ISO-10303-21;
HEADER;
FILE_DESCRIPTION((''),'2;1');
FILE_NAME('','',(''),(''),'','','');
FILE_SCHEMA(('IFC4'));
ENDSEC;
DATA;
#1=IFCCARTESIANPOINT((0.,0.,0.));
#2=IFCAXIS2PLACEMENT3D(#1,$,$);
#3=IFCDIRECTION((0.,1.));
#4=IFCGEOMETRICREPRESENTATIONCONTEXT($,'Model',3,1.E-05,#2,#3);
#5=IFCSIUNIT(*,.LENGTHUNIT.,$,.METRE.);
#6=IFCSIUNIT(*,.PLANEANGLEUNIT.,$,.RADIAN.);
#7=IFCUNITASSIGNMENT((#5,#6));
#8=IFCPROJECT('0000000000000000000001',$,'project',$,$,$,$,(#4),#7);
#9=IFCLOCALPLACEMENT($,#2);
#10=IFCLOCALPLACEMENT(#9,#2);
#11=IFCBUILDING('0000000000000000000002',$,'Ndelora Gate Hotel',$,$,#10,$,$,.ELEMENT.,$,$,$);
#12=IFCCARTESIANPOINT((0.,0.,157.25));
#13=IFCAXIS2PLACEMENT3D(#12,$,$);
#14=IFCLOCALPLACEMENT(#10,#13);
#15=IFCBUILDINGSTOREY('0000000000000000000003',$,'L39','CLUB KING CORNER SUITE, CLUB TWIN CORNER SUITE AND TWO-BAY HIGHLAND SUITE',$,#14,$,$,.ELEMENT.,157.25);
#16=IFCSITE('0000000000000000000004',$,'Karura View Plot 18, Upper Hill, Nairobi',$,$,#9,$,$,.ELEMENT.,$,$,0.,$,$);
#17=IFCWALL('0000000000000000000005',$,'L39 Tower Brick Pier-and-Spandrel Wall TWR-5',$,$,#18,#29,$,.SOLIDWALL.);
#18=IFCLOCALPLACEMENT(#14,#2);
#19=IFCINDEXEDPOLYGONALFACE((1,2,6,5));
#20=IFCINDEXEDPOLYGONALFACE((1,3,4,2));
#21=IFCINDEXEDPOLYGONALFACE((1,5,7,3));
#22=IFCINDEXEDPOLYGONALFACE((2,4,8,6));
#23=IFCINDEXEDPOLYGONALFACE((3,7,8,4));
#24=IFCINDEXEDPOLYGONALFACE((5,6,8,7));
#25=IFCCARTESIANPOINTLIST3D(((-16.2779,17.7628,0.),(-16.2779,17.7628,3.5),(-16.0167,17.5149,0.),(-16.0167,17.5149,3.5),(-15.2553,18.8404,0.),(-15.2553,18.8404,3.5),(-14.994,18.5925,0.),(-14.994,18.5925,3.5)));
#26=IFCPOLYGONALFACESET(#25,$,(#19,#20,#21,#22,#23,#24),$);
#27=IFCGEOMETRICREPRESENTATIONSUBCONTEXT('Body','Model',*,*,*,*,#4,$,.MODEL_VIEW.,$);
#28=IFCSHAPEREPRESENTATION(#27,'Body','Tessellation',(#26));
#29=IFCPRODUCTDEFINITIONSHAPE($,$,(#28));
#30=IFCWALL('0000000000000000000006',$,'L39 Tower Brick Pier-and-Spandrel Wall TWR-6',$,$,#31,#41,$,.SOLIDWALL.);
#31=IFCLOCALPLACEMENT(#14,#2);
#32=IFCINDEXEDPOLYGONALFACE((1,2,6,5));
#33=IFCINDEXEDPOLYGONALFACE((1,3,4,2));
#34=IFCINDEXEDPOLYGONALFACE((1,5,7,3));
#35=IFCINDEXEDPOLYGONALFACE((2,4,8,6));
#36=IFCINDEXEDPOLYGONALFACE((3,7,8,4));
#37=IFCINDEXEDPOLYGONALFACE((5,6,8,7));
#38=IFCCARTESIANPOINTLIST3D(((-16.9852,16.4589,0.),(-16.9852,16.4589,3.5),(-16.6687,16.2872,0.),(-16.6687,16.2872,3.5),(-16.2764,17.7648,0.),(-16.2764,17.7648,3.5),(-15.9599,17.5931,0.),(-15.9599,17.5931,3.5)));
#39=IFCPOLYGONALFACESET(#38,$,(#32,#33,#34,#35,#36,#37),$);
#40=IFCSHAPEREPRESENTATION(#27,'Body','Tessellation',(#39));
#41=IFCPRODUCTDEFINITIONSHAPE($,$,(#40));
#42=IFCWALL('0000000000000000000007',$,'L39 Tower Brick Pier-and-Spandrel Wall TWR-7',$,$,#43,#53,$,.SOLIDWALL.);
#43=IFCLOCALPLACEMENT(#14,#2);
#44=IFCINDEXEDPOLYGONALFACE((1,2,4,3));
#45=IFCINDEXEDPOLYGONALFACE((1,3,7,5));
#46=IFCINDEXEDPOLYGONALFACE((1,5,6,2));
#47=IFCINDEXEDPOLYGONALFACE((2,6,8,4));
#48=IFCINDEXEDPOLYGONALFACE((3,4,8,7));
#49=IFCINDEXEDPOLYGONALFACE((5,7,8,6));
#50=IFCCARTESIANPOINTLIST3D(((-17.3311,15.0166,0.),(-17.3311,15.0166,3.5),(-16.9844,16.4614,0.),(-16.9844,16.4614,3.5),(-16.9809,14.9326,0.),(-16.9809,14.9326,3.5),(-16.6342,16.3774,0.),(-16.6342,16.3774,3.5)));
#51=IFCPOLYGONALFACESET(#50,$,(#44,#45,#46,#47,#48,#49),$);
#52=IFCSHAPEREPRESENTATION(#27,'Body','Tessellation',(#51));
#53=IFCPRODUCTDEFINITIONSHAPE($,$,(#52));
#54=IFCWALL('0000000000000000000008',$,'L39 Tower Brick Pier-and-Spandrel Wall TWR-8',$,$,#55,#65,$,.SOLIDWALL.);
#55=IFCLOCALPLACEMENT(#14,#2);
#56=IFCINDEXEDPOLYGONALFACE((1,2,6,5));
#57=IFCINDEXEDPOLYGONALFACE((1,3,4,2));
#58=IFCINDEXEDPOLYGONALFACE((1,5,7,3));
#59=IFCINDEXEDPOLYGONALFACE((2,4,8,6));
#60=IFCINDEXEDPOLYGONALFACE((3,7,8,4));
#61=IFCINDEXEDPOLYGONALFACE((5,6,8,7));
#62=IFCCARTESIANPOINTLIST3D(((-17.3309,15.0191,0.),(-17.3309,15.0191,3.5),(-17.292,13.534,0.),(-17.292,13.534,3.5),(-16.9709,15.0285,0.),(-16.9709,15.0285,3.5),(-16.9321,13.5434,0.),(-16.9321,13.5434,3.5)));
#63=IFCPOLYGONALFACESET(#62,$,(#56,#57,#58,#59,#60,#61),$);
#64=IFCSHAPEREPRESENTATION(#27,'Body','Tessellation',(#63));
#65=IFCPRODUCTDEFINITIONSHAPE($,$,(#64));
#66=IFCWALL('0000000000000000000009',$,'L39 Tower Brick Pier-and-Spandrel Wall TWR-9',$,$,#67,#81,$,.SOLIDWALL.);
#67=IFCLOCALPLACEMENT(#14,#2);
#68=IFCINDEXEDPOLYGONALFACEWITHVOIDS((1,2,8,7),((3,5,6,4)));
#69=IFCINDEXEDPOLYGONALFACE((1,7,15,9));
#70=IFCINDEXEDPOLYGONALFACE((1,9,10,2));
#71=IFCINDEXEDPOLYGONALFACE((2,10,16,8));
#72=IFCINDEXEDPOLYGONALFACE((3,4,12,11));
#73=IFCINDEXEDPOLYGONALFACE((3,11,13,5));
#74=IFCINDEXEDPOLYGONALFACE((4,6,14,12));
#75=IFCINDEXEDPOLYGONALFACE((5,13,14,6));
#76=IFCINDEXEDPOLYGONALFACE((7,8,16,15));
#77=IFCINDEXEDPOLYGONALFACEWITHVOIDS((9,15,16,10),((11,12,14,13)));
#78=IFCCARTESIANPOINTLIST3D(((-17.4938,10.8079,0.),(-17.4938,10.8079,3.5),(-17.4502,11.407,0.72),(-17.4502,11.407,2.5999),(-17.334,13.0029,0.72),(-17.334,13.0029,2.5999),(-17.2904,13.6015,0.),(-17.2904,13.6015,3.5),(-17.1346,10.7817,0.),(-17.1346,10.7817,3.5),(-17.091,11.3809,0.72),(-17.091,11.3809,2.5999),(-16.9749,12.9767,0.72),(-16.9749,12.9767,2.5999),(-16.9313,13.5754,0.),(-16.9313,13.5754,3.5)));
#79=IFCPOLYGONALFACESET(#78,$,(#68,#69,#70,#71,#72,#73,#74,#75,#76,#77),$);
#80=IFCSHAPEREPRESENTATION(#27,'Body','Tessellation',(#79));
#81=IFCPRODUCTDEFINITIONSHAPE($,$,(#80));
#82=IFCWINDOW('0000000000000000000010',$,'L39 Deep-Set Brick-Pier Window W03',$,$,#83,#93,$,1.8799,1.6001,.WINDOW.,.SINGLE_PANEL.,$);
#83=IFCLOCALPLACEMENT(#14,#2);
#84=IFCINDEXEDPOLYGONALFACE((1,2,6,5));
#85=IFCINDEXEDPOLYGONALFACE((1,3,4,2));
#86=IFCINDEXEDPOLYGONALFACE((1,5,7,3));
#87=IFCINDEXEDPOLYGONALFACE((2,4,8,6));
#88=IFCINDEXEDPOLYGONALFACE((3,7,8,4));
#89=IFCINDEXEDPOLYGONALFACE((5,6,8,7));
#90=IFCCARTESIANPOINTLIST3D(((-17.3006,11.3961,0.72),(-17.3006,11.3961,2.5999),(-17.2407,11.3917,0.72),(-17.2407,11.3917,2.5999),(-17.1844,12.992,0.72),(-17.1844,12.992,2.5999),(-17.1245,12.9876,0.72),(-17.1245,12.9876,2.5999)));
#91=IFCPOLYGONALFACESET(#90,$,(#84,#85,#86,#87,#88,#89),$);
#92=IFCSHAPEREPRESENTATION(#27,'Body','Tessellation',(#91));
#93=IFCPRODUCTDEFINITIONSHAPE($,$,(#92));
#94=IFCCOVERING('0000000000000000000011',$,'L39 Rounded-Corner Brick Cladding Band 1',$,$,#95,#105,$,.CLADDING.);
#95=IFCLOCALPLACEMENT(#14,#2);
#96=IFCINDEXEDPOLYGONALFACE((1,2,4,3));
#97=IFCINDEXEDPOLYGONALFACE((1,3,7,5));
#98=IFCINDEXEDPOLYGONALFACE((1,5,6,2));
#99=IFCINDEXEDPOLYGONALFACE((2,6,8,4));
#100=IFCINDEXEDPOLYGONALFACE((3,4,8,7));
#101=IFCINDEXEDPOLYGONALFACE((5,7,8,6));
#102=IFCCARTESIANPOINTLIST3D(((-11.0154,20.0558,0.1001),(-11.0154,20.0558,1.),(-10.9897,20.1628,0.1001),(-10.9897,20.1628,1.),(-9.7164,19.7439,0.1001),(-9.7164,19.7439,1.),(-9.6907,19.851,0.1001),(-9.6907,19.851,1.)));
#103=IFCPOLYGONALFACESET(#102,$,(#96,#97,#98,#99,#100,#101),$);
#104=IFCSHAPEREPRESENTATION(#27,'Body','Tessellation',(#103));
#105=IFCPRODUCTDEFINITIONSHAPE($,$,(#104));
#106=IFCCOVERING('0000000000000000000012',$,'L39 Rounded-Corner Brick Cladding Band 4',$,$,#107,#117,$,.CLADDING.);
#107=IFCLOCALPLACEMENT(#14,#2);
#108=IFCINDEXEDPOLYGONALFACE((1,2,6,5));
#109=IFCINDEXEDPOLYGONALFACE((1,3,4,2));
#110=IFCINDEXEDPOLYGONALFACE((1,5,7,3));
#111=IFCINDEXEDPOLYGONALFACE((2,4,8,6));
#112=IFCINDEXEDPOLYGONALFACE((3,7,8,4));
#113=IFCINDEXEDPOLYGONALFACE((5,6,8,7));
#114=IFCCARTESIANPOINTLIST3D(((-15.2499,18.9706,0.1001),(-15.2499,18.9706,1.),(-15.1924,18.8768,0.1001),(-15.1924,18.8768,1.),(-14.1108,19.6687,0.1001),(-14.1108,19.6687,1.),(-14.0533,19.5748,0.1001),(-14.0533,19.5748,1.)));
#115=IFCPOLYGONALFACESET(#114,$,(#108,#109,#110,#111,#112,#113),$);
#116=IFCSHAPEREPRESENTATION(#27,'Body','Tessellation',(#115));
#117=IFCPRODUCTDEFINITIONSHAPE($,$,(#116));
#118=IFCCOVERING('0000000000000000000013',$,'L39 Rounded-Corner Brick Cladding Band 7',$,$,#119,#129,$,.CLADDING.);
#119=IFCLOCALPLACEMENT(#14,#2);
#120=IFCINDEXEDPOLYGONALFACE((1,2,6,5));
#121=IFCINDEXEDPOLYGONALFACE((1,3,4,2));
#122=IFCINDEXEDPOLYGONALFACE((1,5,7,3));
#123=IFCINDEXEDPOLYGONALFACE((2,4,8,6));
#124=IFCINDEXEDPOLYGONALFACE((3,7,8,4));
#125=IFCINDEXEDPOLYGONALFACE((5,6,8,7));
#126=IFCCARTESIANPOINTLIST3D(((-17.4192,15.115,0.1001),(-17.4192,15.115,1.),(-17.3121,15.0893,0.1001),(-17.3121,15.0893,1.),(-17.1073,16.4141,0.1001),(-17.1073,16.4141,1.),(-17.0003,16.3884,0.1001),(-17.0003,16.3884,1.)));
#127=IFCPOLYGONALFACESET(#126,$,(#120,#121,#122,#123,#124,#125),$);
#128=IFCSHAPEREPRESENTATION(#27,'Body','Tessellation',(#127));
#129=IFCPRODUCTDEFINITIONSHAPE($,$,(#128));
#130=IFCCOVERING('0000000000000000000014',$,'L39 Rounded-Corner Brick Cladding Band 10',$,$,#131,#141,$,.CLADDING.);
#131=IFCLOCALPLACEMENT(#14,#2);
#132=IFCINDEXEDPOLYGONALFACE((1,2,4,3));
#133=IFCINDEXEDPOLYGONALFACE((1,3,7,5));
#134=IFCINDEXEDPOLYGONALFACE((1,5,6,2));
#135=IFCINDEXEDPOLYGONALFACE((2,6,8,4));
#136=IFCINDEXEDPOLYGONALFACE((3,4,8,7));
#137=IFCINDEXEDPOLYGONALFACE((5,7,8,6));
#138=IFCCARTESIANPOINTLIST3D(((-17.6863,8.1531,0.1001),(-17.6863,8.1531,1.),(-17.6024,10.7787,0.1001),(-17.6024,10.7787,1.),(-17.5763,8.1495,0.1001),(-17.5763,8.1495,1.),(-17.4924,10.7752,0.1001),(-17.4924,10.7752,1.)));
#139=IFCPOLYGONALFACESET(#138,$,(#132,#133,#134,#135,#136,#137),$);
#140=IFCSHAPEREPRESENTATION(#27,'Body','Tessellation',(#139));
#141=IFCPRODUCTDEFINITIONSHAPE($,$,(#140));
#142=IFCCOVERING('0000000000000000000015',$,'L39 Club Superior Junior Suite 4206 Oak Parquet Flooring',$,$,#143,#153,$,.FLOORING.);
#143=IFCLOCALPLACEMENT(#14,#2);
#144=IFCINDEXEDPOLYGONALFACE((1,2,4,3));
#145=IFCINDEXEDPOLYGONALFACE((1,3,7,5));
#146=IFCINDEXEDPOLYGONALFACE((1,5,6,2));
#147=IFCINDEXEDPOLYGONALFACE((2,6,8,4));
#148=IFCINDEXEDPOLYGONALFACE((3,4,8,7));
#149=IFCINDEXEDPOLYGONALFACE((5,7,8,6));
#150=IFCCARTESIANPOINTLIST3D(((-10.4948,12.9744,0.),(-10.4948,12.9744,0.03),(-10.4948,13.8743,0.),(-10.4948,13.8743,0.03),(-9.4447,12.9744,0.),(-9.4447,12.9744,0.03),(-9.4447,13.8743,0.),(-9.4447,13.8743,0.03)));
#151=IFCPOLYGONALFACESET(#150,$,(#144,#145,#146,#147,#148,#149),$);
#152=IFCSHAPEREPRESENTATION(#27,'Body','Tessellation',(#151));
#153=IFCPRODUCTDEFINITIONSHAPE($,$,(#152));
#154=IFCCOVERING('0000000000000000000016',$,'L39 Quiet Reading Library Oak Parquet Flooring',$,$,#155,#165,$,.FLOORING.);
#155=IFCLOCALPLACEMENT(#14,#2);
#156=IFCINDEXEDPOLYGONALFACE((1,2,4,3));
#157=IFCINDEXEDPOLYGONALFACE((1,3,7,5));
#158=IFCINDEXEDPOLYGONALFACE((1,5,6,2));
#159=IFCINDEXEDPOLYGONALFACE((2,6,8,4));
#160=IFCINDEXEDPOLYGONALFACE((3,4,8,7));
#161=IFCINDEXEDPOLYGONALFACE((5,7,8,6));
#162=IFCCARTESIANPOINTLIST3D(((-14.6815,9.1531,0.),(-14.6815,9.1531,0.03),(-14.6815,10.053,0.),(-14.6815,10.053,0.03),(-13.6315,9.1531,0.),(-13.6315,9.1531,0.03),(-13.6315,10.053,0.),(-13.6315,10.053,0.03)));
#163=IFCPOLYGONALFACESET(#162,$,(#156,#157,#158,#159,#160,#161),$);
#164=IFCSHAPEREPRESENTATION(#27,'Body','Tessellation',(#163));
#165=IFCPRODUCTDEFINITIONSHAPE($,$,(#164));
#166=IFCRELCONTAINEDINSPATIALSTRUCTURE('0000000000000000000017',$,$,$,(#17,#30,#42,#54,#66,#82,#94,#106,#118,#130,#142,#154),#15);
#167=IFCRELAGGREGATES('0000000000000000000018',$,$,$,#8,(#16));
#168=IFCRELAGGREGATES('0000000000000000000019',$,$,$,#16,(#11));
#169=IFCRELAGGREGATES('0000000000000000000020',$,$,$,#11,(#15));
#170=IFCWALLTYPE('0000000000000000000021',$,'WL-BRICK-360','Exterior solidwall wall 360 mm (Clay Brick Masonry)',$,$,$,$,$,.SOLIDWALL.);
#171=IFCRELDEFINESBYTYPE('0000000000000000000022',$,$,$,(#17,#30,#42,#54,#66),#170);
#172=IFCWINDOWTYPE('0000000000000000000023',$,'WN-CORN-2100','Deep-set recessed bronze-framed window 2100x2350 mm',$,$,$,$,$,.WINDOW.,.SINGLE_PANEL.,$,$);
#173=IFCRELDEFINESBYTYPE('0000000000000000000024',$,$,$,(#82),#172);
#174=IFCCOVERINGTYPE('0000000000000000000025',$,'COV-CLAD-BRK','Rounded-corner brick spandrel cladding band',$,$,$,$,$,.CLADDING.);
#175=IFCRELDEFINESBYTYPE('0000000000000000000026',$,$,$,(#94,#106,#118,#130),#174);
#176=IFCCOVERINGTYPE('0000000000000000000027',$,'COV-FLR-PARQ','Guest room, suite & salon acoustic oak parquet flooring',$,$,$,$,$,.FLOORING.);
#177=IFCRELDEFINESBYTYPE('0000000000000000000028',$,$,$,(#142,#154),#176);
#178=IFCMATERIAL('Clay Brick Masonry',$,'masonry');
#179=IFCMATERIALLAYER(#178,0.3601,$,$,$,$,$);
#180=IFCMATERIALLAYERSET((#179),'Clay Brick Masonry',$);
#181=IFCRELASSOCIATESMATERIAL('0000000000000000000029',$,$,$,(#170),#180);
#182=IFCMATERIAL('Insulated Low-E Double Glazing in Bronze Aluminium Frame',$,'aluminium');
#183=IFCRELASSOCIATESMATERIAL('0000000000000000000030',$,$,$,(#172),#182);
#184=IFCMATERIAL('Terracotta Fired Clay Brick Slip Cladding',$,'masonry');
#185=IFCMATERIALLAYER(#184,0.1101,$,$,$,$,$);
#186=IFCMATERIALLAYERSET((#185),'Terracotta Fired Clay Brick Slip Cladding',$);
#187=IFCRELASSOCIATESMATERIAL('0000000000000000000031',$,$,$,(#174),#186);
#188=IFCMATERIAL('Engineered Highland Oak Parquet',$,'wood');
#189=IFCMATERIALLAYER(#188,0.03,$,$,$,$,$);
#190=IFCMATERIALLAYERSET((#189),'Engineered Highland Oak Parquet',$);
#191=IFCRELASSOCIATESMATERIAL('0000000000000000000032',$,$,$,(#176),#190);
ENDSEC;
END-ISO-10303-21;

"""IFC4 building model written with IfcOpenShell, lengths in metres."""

from ifc_helpers import new_model, si_unit, direction, frame, frame_2d, origin, origin_2d, place, context, subcontext, project, spatial, rectangle, extrude, material, layer, layer_set, type_object, element, fill, save


model = new_model("IFC4")

# Units and contexts
model_context = context("Model", 3, precision=1e-05, world=origin(), true_north=direction((0.0, 1.0)))
body_context = subcontext(model_context, "Body", "Model", "MODEL_VIEW")
ifc_project = project(units=[si_unit("LENGTHUNIT", "METRE"), si_unit("PLANEANGLEUNIT", "RADIAN")], contexts=[model_context])

# Site, building, storey
site_placement = place(None, origin())
site = spatial("IfcSite", under=ifc_project, at=site_placement, Name="Karura View Plot 18, Upper Hill, Nairobi", CompositionType="ELEMENT", RefElevation=0.0)
building_placement = place(site_placement, origin())
building = spatial("IfcBuilding", under=site, at=building_placement, Name="Ndelora Gate Hotel", CompositionType="ELEMENT")
storey_placement = place(building_placement, frame((0.0, 0.0, 157.25)))
storey = spatial("IfcBuildingStorey", under=building, at=storey_placement, Name="L39", Description="CLUB KING CORNER SUITE, CLUB TWIN CORNER SUITE AND TWO-BAY HIGHLAND SUITE", CompositionType="ELEMENT", Elevation=157.25)

# Walls
ifc_material_1 = material(Name="Clay Brick Masonry", Category="masonry")
ifc_layer_1 = layer(ifc_material_1, 0.3601)
ifc_layer_set_1 = layer_set([ifc_layer_1], Name="Clay Brick Masonry")
wall_type = type_object("IfcWallType", Name="WL-BRICK-360", Description="Exterior solidwall wall 360 mm (Clay Brick Masonry)", PredefinedType="SOLIDWALL", material=ifc_layer_set_1)
wall_1_placement = place(storey_placement, frame((-16.1472, 17.6389, 0.0), z_axis=(0.0, 0.0, 1.0), x_axis=(0.688378, 0.725352, 0.0)))
element("IfcWall", 1, at=wall_1_placement, inside=storey, type_object=wall_type, Name="L39 Tower Brick Pier-and-Spandrel Wall TWR-5", PredefinedType="SOLIDWALL", context=body_context, shape_type="SweptSolid", body=[
    extrude(rectangle(XDim=1.4856, YDim=0.3601, at=frame_2d((0.7427, 0.0))), origin(), (0.0, 0.0, 1.0), 3.5),
])
for number, where, z_axis, x_axis, name in (
    (2, (-16.8269, 16.373, 0.0), (0.0, 0.0, 1.0), (0.476998, 0.878905, 0.0), "L39 Tower Brick Pier-and-Spandrel Wall TWR-6"),
    (3, (-17.156, 14.9746, 0.0), (0.0, 0.0, 1.0), (0.233323, 0.972399, 0.0), "L39 Tower Brick Pier-and-Spandrel Wall TWR-7"),
):
    element("IfcWall", number, at=place(storey_placement, frame(where, z_axis=z_axis, x_axis=x_axis)), inside=storey, type_object=wall_type, Name=name, PredefinedType="SOLIDWALL", context=body_context, shape_type="SweptSolid", body=[
        extrude(rectangle(XDim=1.4858, YDim=0.3601, at=frame_2d((0.7429, 0.0))), origin(), (0.0, 0.0, 1.0), 3.5),
    ])
wall_2_placement = place(storey_placement, frame((-17.1121, 13.5388, 0.0), z_axis=(0.0, 0.0, 1.0), x_axis=(-0.026129, 0.999659, 0.0)))
element("IfcWall", 4, at=wall_2_placement, inside=storey, type_object=wall_type, Name="L39 Tower Brick Pier-and-Spandrel Wall TWR-8", PredefinedType="SOLIDWALL", context=body_context, shape_type="SweptSolid", body=[
    extrude(rectangle(XDim=1.4856, YDim=0.3601, at=frame_2d((0.7427, 0.0))), origin(), (0.0, 0.0, 1.0), 3.5),
])

# Wall, opening, window
wall_3_placement = place(storey_placement, frame((-17.3142, 10.7949, 0.0), z_axis=(0.0, 0.0, 1.0), x_axis=(0.072603, 0.997361, 0.0)))
wall_3 = element("IfcWall", 5, at=wall_3_placement, inside=storey, type_object=wall_type, Name="L39 Tower Brick Pier-and-Spandrel Wall TWR-9", PredefinedType="SOLIDWALL", context=body_context, shape_type="SweptSolid", body=[
    extrude(rectangle(XDim=2.801, YDim=0.3601, at=frame_2d((1.4004, 0.0))), origin(), (0.0, 0.0, 1.0), 3.5),
])
opening_placement = place(wall_3_placement, frame((0.6006, 0.0, 0.72)))
opening = element("IfcOpeningElement", 6, at=opening_placement, cuts=wall_3, PredefinedType="OPENING", context=body_context, shape_type="SweptSolid", body=[
    extrude(rectangle(XDim=1.6001, YDim=1.8799, at=frame_2d((0.8, 0.9399))), frame((0.0, 0.1899, 0.0), z_axis=(0.0, -1.0, 0.0), x_axis=(1.0, 0.0, 0.0)), (0.0, 0.0, 1.0), 0.3801),
])
ifc_material_2 = material(Name="Insulated Low-E Double Glazing in Bronze Aluminium Frame", Category="aluminium")
window_type = type_object("IfcWindowType", Name="WN-CORN-2100", Description="Deep-set recessed bronze-framed window 2100x2350 mm", PartitioningType="SINGLE_PANEL", PredefinedType="WINDOW", material=ifc_material_2)
window_placement = place(opening_placement, origin())
window = element("IfcWindow", 7, at=window_placement, inside=storey, type_object=window_type, Name="L39 Deep-Set Brick-Pier Window W03", OverallHeight=1.8799, OverallWidth=1.6001, PartitioningType="SINGLE_PANEL", PredefinedType="WINDOW", context=body_context, shape_type="SweptSolid", body=[
    extrude(rectangle(XDim=1.6001, YDim=1.8799, at=frame_2d((0.8, 0.9399))), frame((0.0, 0.03, 0.0), z_axis=(0.0, -1.0, 0.0), x_axis=(1.0, 0.0, 0.0)), (0.0, 0.0, 1.0), 0.0601),
])
fill(opening, window)

# Coverings
ifc_material_3 = material(Name="Terracotta Fired Clay Brick Slip Cladding", Category="masonry")
ifc_layer_2 = layer(ifc_material_3, 0.1101)
ifc_layer_set_2 = layer_set([ifc_layer_2], Name="Terracotta Fired Clay Brick Slip Cladding")
covering_type_1 = type_object("IfcCoveringType", Name="COV-CLAD-BRK", Description="Rounded-corner brick spandrel cladding band", PredefinedType="CLADDING", material=ifc_layer_set_2)
for number, where, z_axis, x_axis, name in (
    (8, (-10.353, 19.9534, 0.1001), (0.0, 0.0, 1.0), (-0.97237, 0.233445, 0.0), "L39 Rounded-Corner Brick Cladding Band 1"),
    (9, (-14.6516, 19.2727, 0.1001), (0.0, 0.0, 1.0), (0.85264, 0.522499, 0.0), "L39 Rounded-Corner Brick Cladding Band 4"),
    (10, (-17.2097, 15.7517, 0.1001), (0.0, 0.0, 1.0), (0.233445, 0.97237, 0.0), "L39 Rounded-Corner Brick Cladding Band 7"),
):
    element("IfcCovering", number, at=place(storey_placement, frame(where, z_axis=z_axis, x_axis=x_axis)), inside=storey, type_object=covering_type_1, Name=name, PredefinedType="CLADDING", context=body_context, shape_type="SweptSolid", body=[
        extrude(rectangle(XDim=1.3359, YDim=0.1101, at=origin_2d()), origin(), (0.0, 0.0, 1.0), 0.8999),
    ])
covering_placement = place(storey_placement, frame((-17.5894, 9.4641, 0.1001), z_axis=(0.0, 0.0, 1.0), x_axis=(0.031934, 0.99949, 0.0)))
element("IfcCovering", 11, at=covering_placement, inside=storey, type_object=covering_type_1, Name="L39 Rounded-Corner Brick Cladding Band 10", PredefinedType="CLADDING", context=body_context, shape_type="SweptSolid", body=[
    extrude(rectangle(XDim=2.627, YDim=0.1101, at=origin_2d()), origin(), (0.0, 0.0, 1.0), 0.8999),
])
ifc_material_4 = material(Name="Engineered Highland Oak Parquet", Category="wood")
ifc_layer_3 = layer(ifc_material_4, 0.03)
ifc_layer_set_3 = layer_set([ifc_layer_3], Name="Engineered Highland Oak Parquet")
covering_type_2 = type_object("IfcCoveringType", Name="COV-FLR-PARQ", Description="Guest room, suite & salon acoustic oak parquet flooring", PredefinedType="FLOORING", material=ifc_layer_set_3)
for number, where, z_axis, x_axis, name in (
    (12, (-9.9697, 13.4243, 0.0), (0.0, 0.0, 1.0), (1.0, 0.0, 0.0), "L39 Club Superior Junior Suite 4206 Oak Parquet Flooring"),
    (13, (-14.1565, 9.603, 0.0), (0.0, 0.0, 1.0), (1.0, 0.0, 0.0), "L39 Quiet Reading Library Oak Parquet Flooring"),
):
    element("IfcCovering", number, at=place(storey_placement, frame(where, z_axis=z_axis, x_axis=x_axis)), inside=storey, type_object=covering_type_2, Name=name, PredefinedType="FLOORING", context=body_context, shape_type="SweptSolid", body=[
        extrude(rectangle(XDim=1.05, YDim=0.8999, at=origin_2d()), origin(), (0.0, 0.0, 1.0), 0.03),
    ])

save(model, "model.ifc")
